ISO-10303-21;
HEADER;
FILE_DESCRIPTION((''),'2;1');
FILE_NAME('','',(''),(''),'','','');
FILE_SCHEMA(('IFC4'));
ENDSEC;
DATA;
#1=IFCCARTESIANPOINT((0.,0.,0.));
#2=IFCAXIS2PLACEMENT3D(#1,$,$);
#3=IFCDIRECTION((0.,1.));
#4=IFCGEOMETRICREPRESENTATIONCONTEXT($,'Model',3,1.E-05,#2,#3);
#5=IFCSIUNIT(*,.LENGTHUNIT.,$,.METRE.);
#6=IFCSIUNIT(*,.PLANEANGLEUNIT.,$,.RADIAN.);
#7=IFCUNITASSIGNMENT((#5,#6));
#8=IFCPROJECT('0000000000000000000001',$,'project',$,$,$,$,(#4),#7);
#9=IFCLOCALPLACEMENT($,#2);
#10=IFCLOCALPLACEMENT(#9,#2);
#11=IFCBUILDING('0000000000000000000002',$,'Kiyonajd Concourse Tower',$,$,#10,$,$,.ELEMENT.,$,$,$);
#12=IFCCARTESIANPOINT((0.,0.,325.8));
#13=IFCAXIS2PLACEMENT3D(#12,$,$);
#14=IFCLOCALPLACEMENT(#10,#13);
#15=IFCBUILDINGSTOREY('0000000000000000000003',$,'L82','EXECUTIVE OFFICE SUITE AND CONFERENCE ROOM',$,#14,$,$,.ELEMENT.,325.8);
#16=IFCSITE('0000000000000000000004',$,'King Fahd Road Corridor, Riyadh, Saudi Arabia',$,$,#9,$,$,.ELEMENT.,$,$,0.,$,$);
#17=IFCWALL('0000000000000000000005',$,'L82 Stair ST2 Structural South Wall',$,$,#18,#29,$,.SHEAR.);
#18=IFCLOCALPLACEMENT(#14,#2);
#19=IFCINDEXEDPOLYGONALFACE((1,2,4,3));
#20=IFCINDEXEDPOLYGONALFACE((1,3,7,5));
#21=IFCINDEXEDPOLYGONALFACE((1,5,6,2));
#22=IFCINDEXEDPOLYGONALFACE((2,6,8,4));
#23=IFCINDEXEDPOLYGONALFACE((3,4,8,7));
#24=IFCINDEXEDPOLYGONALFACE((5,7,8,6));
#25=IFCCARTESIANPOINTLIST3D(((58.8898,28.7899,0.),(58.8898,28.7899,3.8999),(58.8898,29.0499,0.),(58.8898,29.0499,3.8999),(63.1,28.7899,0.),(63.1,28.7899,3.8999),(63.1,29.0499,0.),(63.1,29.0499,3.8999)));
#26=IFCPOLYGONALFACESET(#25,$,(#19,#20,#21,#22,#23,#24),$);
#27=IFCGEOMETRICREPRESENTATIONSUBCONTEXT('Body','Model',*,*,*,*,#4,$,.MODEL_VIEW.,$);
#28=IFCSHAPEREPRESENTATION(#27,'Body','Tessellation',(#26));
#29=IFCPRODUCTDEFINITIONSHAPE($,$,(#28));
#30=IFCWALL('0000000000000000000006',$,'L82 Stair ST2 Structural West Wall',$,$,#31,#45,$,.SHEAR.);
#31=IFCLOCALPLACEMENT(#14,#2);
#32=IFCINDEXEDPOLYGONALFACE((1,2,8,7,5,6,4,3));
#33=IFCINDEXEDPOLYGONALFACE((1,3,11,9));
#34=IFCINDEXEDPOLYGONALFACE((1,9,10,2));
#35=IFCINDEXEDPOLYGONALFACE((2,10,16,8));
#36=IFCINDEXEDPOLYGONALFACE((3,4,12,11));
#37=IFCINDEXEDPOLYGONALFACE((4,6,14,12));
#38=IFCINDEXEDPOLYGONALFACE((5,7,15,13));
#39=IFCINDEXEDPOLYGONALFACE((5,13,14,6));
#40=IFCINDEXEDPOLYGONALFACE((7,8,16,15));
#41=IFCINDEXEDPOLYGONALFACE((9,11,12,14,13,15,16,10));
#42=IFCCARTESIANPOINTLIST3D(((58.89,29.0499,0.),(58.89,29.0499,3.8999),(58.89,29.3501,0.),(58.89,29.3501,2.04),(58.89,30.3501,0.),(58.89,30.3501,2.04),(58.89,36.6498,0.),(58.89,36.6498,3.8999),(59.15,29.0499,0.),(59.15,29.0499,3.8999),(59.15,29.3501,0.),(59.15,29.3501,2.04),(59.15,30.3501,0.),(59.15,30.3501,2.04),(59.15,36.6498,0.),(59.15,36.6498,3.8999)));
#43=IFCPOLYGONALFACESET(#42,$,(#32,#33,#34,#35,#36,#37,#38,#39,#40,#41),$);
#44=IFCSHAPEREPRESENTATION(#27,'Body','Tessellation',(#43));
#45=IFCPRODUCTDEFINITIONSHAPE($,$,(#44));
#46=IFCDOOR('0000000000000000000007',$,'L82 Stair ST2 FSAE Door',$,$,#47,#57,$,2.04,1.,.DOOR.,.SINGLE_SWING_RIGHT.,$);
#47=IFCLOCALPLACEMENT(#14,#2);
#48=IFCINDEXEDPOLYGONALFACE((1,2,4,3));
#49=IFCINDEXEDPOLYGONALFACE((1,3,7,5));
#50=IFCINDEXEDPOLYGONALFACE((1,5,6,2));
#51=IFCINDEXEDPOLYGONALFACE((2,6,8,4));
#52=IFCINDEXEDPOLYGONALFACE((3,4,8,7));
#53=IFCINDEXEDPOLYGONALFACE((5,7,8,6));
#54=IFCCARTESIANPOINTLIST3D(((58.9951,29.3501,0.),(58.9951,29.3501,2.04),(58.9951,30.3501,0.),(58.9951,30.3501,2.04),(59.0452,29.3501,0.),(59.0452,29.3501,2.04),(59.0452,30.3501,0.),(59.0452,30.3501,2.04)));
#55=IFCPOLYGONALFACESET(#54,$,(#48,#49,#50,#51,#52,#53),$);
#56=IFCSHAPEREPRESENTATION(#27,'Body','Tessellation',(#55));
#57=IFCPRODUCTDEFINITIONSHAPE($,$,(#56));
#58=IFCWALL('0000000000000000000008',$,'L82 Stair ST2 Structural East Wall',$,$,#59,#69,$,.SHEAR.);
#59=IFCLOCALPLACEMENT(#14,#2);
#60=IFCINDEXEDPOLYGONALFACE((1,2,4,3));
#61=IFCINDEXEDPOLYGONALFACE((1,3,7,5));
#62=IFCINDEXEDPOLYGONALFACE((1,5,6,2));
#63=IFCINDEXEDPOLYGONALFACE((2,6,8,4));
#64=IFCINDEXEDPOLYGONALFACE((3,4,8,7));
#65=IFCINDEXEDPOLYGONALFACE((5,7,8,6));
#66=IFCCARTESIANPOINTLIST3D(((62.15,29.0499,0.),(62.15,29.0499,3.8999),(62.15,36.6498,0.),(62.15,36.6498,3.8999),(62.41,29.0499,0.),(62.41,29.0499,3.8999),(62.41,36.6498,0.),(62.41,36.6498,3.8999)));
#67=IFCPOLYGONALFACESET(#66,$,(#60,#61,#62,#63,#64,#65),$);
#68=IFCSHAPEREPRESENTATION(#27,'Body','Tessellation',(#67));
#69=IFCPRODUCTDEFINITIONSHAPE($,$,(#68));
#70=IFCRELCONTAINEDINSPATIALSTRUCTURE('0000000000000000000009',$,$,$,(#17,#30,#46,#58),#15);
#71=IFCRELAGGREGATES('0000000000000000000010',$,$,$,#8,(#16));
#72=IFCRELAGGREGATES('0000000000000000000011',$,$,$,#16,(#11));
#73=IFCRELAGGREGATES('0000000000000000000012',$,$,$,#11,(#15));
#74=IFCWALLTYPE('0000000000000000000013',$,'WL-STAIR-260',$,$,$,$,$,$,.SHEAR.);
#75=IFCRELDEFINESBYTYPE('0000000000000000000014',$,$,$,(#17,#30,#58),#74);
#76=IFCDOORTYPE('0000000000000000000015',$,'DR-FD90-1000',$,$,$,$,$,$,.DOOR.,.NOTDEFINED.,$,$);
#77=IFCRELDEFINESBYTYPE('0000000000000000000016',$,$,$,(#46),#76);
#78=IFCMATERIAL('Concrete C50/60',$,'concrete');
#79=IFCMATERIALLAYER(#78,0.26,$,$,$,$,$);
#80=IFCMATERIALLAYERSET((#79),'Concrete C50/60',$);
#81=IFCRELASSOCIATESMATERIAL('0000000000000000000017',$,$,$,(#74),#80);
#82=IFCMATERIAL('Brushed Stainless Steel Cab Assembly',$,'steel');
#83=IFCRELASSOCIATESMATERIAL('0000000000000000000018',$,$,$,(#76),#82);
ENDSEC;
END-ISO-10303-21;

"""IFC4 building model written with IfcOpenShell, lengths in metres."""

from ifc_helpers import new_model, si_unit, direction, frame, frame_2d, origin, place, context, subcontext, project, spatial, rectangle, extrude, material, layer, layer_set, type_object, element, fill, save


model = new_model("IFC4")

# Units and contexts
model_context = context("Model", 3, precision=1e-05, world=origin(), true_north=direction((0.0, 1.0)))
body_context = subcontext(model_context, "Body", "Model", "MODEL_VIEW")
ifc_project = project(units=[si_unit("LENGTHUNIT", "METRE"), si_unit("PLANEANGLEUNIT", "RADIAN")], contexts=[model_context])

# Site, building, storey
site_placement = place(None, origin())
site = spatial("IfcSite", under=ifc_project, at=site_placement, Name="King Fahd Road Corridor, Riyadh, Saudi Arabia", CompositionType="ELEMENT", RefElevation=0.0)
building_placement = place(site_placement, origin())
building = spatial("IfcBuilding", under=site, at=building_placement, Name="Kiyonajd Concourse Tower", CompositionType="ELEMENT")
storey_placement = place(building_placement, frame((0.0, 0.0, 325.8)))
storey = spatial("IfcBuildingStorey", under=building, at=storey_placement, Name="L82", Description="EXECUTIVE OFFICE SUITE AND CONFERENCE ROOM", CompositionType="ELEMENT", Elevation=325.8)

# Wall
ifc_material_1 = material(Name="Concrete C50/60", Category="concrete")
ifc_layer_1 = layer(ifc_material_1, 0.26)
ifc_layer_set_1 = layer_set([ifc_layer_1], Name="Concrete C50/60")
wall_type_1 = type_object("IfcWallType", Name="WL-STAIR-260", PredefinedType="SHEAR", material=ifc_layer_set_1)
wall_1_placement = place(storey_placement, frame((58.8899, 28.9199, 0.0), z_axis=(0.0, 0.0, 1.0), x_axis=(1.0, 0.0, 0.0)))
element("IfcWall", 1, at=wall_1_placement, inside=storey, type_object=wall_type_1, Name="L82 Stair ST2 Structural South Wall", PredefinedType="SHEAR", context=body_context, shape_type="SweptSolid", body=[
    extrude(rectangle(XDim=4.2102, YDim=0.26, at=frame_2d((2.105, 0.0))), origin(), (0.0, 0.0, 1.0), 3.8999),
])

# Wall, opening, door
wall_2_placement = place(storey_placement, frame((59.02, 29.05, 0.0), z_axis=(0.0, 0.0, 1.0), x_axis=(0.0, 1.0, 0.0)))
wall_2 = element("IfcWall", 2, at=wall_2_placement, inside=storey, type_object=wall_type_1, Name="L82 Stair ST2 Structural West Wall", PredefinedType="SHEAR", context=body_context, shape_type="SweptSolid", body=[
    extrude(rectangle(XDim=7.5999, YDim=0.26, at=frame_2d((3.7998, 0.0))), origin(), (0.0, 0.0, 1.0), 3.8999),
])
opening_1_placement = place(wall_2_placement, frame((0.3, 0.0, 0.0)))
opening_1 = element("IfcOpeningElement", 3, at=opening_1_placement, cuts=wall_2, PredefinedType="OPENING", context=body_context, shape_type="SweptSolid", body=[
    extrude(rectangle(XDim=1.0, YDim=2.04, at=frame_2d((0.5, 1.02))), frame((0.0, 0.1399, 0.0), z_axis=(0.0, -1.0, 0.0), x_axis=(1.0, 0.0, 0.0)), (0.0, 0.0, 1.0), 0.28),
])
ifc_material_2 = material(Name="Brushed Stainless Steel Cab Assembly", Category="steel")
door_type_1 = type_object("IfcDoorType", Name="DR-FD90-1000", OperationType="NOTDEFINED", PredefinedType="DOOR", material=ifc_material_2)
door_1_placement = place(opening_1_placement, origin())
door_1 = element("IfcDoor", 4, at=door_1_placement, inside=storey, type_object=door_type_1, Name="L82 Stair ST2 FSAE Door", OperationType="SINGLE_SWING_RIGHT", OverallHeight=2.04, OverallWidth=1.0, PredefinedType="DOOR", context=body_context, shape_type="SweptSolid", body=[
    extrude(rectangle(XDim=1.0, YDim=2.04, at=frame_2d((0.5, 1.02))), frame((0.0, 0.0249, 0.0), z_axis=(0.0, -1.0, 0.0), x_axis=(1.0, 0.0, 0.0)), (0.0, 0.0, 1.0), 0.05),
])
fill(opening_1, door_1)

# Wall
wall_3_placement = place(storey_placement, frame((62.28, 29.05, 0.0), z_axis=(0.0, 0.0, 1.0), x_axis=(0.0, 1.0, 0.0)))
element("IfcWall", 5, at=wall_3_placement, inside=storey, type_object=wall_type_1, Name="L82 Stair ST2 Structural East Wall", PredefinedType="SHEAR", context=body_context, shape_type="SweptSolid", body=[
    extrude(rectangle(XDim=7.5999, YDim=0.26, at=frame_2d((3.7998, 0.0))), origin(), (0.0, 0.0, 1.0), 3.8999),
])

save(model, "model.ifc")
